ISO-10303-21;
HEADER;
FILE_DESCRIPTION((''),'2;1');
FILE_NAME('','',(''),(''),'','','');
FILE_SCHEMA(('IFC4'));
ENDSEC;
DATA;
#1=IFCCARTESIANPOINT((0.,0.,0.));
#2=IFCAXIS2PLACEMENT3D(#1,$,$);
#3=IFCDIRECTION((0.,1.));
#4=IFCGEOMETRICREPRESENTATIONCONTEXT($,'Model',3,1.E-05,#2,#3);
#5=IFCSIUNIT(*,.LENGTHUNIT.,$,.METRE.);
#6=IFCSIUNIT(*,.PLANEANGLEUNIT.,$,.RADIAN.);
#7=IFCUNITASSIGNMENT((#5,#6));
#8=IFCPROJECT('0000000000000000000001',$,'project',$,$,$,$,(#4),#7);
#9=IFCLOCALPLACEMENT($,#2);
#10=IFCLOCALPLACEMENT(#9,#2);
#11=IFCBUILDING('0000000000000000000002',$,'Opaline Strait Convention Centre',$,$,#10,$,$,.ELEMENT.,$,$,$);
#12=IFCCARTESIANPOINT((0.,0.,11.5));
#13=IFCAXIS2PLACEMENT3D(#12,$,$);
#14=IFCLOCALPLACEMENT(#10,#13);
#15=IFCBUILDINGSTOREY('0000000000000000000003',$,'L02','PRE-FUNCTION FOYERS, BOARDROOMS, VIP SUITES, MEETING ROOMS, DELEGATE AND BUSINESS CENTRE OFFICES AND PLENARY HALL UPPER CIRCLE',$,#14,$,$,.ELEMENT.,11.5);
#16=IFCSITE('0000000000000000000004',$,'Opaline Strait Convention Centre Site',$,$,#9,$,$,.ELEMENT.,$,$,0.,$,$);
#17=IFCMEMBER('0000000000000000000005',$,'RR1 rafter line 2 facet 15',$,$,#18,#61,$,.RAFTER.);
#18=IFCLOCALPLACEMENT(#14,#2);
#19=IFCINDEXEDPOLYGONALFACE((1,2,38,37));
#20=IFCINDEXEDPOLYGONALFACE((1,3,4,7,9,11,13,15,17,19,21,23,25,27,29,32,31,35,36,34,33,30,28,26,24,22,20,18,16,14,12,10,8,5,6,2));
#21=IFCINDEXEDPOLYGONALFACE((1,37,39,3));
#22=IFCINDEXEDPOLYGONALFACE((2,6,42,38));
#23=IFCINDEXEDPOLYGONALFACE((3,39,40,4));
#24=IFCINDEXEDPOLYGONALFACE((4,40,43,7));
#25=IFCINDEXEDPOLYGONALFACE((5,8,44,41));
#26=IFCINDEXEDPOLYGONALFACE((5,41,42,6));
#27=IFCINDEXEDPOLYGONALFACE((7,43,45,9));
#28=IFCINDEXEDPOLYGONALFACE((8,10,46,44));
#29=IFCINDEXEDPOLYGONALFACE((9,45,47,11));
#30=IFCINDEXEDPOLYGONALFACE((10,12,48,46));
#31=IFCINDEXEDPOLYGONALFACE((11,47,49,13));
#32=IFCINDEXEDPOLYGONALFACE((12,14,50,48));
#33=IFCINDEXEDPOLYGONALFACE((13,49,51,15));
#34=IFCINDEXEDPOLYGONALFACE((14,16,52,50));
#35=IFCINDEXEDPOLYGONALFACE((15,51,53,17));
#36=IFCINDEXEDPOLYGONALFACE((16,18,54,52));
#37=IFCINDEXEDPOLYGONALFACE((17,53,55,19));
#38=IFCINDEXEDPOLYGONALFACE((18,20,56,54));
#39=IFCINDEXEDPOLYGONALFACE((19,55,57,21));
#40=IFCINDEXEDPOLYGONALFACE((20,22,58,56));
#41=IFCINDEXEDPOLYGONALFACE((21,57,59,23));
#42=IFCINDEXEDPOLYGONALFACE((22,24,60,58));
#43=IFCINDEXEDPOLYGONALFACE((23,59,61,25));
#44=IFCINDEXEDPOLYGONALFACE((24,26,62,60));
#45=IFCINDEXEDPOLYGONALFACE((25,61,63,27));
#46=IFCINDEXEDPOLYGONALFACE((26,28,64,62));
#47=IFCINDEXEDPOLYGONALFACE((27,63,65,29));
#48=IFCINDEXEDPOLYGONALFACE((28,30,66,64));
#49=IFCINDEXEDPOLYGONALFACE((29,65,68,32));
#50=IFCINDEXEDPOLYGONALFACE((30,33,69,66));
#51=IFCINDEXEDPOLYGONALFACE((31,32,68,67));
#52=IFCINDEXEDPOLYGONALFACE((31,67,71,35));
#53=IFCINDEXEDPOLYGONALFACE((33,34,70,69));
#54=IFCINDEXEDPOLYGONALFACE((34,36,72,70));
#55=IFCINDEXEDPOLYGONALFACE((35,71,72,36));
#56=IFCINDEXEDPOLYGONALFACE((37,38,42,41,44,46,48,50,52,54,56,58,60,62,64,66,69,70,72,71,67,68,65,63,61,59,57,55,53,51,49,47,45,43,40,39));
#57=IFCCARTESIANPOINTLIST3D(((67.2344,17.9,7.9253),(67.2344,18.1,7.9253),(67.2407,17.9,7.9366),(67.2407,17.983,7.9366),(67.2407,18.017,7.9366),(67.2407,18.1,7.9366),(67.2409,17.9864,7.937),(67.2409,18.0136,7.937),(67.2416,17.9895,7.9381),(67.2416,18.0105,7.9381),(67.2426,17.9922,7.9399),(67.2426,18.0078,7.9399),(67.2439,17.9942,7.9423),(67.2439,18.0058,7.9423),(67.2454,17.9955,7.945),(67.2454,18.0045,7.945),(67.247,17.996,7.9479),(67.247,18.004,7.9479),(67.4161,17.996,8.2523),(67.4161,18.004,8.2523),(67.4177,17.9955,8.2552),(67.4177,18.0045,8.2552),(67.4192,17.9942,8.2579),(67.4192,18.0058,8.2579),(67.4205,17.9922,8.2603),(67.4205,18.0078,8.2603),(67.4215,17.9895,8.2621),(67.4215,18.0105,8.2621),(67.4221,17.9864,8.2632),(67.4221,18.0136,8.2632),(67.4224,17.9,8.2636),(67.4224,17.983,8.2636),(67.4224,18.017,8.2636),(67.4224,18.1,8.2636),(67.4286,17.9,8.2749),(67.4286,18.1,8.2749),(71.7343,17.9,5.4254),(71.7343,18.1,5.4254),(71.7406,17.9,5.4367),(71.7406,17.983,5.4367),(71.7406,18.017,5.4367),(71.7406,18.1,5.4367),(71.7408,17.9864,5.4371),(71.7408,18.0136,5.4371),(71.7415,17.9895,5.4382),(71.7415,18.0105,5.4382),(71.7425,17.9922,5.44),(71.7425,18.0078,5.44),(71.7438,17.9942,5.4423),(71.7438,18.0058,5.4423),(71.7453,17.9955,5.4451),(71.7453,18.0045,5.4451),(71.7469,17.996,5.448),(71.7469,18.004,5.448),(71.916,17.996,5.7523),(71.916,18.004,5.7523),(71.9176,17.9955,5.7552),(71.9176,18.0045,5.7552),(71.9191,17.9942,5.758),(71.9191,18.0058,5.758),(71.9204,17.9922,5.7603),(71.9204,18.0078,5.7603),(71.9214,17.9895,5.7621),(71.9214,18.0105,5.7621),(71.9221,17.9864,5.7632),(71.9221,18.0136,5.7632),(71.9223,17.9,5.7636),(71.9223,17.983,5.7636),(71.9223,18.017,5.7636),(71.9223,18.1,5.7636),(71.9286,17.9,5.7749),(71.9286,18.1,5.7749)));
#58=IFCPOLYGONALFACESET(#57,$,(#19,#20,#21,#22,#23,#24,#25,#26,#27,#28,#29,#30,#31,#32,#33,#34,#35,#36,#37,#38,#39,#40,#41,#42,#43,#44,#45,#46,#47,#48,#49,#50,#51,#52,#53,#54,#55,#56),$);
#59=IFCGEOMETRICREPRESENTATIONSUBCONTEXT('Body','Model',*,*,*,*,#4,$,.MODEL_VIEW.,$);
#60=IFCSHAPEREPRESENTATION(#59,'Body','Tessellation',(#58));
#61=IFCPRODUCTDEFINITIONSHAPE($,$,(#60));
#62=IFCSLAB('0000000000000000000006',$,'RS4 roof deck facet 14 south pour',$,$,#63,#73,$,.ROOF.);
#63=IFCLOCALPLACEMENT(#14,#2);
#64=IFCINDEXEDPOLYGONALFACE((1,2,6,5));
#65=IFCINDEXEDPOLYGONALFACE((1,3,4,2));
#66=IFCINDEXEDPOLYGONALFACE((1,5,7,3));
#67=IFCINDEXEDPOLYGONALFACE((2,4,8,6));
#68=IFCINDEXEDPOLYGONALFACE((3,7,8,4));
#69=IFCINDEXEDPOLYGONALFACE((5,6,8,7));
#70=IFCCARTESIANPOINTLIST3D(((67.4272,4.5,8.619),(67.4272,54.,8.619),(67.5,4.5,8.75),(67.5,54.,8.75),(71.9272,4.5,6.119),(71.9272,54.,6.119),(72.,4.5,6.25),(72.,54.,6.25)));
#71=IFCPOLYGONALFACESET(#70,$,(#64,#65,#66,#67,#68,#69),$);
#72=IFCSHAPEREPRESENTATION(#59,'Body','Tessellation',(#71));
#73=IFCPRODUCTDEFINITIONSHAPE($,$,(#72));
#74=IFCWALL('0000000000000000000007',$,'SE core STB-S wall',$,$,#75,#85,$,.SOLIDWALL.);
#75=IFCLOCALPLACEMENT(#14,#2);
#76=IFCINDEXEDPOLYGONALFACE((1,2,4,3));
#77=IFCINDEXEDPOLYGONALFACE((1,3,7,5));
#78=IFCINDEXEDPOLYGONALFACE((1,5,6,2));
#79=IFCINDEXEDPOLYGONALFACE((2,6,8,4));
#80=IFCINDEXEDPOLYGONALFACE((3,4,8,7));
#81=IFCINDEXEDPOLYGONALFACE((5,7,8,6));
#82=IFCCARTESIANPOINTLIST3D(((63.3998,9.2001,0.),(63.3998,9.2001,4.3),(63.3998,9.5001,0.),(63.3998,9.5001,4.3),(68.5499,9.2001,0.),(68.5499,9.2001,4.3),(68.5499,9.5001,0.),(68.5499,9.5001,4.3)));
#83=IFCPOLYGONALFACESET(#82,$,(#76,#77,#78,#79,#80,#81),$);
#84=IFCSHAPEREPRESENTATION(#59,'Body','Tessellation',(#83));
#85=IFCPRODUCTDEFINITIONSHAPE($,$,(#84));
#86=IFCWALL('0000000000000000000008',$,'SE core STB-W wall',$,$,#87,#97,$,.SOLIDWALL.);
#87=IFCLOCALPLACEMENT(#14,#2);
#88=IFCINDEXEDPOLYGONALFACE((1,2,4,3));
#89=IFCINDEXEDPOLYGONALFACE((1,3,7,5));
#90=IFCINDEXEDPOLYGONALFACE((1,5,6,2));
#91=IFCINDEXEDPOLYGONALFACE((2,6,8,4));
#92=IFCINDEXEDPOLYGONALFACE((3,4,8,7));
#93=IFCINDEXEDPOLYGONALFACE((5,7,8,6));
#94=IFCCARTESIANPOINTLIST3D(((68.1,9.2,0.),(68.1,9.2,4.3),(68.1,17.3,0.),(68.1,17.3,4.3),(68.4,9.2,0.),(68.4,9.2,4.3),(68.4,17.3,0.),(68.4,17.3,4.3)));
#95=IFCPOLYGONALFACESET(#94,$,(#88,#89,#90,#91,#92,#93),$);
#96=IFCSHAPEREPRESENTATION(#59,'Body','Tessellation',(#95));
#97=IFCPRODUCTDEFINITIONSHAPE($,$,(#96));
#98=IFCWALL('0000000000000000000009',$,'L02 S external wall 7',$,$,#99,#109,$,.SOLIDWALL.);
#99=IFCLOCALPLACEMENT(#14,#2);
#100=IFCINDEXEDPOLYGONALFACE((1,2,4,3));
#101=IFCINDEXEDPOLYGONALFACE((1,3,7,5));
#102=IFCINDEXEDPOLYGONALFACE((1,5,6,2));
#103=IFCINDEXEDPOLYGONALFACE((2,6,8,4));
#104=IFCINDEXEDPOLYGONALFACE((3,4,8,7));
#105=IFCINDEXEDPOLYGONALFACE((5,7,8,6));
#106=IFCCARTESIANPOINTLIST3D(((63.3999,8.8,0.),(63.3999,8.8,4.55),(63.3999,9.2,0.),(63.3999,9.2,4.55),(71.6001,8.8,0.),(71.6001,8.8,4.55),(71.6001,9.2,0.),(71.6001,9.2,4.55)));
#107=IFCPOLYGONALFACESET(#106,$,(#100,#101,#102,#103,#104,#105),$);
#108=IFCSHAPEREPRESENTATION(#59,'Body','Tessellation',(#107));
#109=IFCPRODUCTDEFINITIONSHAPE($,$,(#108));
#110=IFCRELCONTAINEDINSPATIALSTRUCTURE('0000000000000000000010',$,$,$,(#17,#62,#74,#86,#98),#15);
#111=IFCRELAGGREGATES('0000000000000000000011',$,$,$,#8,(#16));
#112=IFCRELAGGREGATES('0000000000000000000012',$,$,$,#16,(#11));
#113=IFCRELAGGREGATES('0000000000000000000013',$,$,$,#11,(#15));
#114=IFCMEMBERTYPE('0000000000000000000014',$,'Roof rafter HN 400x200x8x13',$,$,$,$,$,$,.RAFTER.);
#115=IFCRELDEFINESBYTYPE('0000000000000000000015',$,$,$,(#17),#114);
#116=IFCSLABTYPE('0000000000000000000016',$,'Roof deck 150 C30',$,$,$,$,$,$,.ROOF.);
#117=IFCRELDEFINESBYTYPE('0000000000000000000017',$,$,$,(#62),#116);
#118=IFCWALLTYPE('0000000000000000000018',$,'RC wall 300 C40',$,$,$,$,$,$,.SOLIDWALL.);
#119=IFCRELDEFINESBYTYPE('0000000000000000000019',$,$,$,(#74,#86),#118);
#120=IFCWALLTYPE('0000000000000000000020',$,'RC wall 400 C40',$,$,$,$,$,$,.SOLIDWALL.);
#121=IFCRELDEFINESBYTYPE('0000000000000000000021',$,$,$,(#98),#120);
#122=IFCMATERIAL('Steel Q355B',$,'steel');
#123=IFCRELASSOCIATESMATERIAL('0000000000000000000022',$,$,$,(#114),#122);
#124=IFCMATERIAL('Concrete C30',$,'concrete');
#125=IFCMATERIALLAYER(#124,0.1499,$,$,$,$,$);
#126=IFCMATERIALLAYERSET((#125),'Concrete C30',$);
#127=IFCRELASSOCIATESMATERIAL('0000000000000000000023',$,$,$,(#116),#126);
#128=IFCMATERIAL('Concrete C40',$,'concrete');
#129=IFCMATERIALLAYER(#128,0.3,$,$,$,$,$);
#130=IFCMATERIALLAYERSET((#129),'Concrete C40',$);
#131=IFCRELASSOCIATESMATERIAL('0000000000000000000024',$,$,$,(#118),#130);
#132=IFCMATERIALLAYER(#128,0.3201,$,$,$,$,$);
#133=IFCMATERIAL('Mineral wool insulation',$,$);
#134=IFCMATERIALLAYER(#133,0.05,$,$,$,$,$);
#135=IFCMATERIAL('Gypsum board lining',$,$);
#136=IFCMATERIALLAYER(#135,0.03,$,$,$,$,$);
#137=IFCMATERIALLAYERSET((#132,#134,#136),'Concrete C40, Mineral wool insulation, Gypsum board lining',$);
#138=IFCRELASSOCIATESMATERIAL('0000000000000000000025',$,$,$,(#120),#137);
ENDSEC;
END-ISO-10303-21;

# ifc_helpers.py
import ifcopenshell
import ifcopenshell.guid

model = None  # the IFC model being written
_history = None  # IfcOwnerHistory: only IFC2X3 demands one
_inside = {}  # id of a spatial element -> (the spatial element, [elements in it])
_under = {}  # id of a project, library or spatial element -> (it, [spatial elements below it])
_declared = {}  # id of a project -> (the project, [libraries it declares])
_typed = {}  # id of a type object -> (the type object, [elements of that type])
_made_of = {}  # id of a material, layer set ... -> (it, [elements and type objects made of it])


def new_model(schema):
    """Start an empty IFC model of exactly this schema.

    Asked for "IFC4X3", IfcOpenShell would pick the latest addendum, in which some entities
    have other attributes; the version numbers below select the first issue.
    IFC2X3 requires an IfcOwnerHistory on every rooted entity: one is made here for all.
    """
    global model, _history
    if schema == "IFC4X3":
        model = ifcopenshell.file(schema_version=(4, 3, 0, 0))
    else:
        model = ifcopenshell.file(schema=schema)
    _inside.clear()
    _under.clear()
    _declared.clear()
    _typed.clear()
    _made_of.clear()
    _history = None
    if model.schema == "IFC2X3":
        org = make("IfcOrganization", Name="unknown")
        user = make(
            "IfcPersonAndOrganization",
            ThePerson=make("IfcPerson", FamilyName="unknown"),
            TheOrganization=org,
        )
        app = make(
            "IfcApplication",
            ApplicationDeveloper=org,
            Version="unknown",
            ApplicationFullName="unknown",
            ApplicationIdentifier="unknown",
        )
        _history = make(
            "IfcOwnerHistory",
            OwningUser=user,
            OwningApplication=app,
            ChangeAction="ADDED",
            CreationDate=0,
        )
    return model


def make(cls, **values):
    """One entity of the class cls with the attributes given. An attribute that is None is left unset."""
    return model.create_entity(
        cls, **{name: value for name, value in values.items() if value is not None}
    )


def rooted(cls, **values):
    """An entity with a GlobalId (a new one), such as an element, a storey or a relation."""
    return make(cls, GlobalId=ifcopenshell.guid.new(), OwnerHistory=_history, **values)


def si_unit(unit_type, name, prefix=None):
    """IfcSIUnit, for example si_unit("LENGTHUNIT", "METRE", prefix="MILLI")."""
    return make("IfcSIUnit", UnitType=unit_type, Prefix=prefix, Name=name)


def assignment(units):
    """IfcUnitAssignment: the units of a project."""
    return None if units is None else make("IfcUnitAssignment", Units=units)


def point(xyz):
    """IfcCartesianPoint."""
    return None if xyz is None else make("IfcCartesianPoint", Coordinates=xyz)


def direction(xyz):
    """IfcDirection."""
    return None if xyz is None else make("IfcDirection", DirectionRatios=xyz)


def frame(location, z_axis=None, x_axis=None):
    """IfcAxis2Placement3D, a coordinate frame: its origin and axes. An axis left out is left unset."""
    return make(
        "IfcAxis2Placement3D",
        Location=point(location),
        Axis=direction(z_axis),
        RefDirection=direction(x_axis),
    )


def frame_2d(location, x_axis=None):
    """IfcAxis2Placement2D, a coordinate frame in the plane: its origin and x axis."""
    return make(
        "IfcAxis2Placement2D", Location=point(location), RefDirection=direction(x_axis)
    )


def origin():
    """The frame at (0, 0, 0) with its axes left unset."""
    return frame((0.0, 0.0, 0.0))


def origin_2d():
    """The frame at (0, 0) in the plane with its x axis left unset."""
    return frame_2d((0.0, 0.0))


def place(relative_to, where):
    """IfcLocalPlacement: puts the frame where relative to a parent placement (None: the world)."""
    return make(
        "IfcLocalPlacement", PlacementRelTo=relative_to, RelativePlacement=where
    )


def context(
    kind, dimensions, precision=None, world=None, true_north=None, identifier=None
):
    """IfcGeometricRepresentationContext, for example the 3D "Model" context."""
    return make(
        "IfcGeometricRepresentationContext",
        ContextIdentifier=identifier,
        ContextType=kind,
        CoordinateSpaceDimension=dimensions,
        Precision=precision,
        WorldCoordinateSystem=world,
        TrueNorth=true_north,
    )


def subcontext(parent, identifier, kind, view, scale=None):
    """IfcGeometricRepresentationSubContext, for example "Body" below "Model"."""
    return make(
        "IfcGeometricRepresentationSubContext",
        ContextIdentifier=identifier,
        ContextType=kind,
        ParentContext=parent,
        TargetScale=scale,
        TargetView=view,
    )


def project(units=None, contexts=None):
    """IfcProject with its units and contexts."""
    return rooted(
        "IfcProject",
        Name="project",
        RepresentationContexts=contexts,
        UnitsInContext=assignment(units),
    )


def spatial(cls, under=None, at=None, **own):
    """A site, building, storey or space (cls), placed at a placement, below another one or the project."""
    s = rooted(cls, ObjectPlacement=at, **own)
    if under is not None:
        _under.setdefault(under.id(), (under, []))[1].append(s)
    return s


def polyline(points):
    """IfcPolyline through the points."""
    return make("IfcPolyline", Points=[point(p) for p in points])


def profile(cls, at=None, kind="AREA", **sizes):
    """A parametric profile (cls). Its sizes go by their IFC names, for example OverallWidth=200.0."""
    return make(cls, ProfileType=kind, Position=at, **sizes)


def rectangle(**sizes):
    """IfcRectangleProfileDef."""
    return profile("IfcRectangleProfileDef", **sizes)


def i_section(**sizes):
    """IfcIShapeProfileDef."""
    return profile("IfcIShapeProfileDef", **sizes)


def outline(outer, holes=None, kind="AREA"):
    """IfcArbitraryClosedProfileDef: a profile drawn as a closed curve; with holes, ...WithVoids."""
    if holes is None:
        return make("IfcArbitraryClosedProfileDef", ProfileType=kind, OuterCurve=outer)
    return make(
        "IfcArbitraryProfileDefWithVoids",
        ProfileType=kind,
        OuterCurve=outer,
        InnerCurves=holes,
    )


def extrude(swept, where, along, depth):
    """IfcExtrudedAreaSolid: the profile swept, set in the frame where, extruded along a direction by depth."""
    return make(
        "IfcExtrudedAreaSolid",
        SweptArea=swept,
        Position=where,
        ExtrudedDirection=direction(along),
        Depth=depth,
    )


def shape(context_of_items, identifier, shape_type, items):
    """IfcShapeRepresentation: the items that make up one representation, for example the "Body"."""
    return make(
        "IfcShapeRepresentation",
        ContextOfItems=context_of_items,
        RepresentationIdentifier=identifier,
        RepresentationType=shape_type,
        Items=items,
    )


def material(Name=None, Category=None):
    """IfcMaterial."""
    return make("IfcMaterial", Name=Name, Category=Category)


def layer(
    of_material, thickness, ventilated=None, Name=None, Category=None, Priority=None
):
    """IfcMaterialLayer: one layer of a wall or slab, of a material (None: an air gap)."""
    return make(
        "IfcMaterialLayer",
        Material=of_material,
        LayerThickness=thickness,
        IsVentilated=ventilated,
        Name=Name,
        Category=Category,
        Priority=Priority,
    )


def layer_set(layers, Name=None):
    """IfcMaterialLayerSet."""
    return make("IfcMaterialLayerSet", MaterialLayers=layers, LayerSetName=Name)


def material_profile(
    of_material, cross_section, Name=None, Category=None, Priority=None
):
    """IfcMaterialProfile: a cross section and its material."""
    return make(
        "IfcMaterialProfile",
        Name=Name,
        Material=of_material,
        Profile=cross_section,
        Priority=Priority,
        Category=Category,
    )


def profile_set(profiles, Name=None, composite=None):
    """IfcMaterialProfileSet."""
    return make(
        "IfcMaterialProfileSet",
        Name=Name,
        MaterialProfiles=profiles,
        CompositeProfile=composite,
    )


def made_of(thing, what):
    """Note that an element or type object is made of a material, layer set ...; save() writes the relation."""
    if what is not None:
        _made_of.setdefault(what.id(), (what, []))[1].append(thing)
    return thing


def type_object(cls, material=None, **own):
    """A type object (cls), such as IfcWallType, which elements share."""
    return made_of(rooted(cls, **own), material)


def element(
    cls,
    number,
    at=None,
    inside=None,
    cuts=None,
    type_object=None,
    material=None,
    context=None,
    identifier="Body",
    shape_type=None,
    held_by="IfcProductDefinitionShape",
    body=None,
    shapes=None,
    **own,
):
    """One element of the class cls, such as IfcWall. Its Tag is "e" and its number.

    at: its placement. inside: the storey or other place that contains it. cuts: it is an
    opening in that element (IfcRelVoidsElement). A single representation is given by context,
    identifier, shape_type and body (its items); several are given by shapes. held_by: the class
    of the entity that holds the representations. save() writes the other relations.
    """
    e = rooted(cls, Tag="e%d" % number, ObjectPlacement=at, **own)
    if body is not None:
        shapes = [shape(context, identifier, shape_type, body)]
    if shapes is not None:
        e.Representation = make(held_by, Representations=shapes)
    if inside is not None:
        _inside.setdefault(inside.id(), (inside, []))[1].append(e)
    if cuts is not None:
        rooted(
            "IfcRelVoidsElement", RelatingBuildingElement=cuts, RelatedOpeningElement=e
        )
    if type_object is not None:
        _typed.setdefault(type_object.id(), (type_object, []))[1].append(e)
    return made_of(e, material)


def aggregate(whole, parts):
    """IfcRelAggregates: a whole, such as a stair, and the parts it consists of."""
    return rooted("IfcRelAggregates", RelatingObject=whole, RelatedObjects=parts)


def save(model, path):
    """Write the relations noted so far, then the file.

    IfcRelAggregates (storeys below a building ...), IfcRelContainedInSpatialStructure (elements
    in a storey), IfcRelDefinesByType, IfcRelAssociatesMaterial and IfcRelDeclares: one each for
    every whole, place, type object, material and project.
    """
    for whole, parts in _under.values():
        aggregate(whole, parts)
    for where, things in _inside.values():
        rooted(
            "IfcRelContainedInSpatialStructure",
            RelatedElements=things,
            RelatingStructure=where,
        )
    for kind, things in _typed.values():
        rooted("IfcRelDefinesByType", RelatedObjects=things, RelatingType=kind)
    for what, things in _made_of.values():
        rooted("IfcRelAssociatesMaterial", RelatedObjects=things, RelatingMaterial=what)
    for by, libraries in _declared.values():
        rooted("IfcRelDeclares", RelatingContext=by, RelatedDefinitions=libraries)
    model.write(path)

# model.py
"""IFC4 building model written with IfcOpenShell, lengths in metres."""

from ifc_helpers import new_model, si_unit, direction, frame, frame_2d, origin, origin_2d, place, context, subcontext, project, spatial, polyline, rectangle, i_section, outline, extrude, material, layer, layer_set, material_profile, profile_set, type_object, element, save


model = new_model("IFC4")

# Units and contexts
model_context = context("Model", 3, precision=1e-05, world=origin(), true_north=direction((0.0, 1.0)))
body_context = subcontext(model_context, "Body", "Model", "MODEL_VIEW")
ifc_project = project(units=[si_unit("LENGTHUNIT", "METRE"), si_unit("PLANEANGLEUNIT", "RADIAN")], contexts=[model_context])

# Site, building, storey
site_placement = place(None, origin())
site = spatial("IfcSite", under=ifc_project, at=site_placement, Name="Opaline Strait Convention Centre Site", CompositionType="ELEMENT", RefElevation=0.0)
building_placement = place(site_placement, origin())
building = spatial("IfcBuilding", under=site, at=building_placement, Name="Opaline Strait Convention Centre", CompositionType="ELEMENT")
storey_placement = place(building_placement, frame((0.0, 0.0, 11.5)))
storey = spatial("IfcBuildingStorey", under=building, at=storey_placement, Name="L02", Description="PRE-FUNCTION FOYERS, BOARDROOMS, VIP SUITES, MEETING ROOMS, DELEGATE AND BUSINESS CENTRE OFFICES AND PLENARY HALL UPPER CIRCLE", CompositionType="ELEMENT", Elevation=11.5)

# Shared definitions
ifc_material_1 = material(Name="Concrete C40", Category="concrete")

# Shared definitions
ifc_material_2 = material(Name="Steel Q355B", Category="steel")

# Member
ifc_material_profile_1 = material_profile(ifc_material_2, i_section(OverallWidth=0.2, OverallDepth=0.3999, WebThickness=0.0081, FlangeThickness=0.0129, FilletRadius=0.0129, at=origin_2d()), Name="HN 400x200x8x13")
ifc_profile_set_1 = profile_set([ifc_material_profile_1], Name="Steel Q355B")
member_type_1 = type_object("IfcMemberType", Name="Roof rafter HN 400x200x8x13", PredefinedType="RAFTER", material=ifc_profile_set_1)
member_1_placement = place(storey_placement, frame((67.3315, 18.0, 8.1001), z_axis=(0.874157, 0.0, -0.485643), x_axis=(0.0, 1.0, 0.0)))
element("IfcMember", 1, at=member_1_placement, inside=storey, type_object=member_type_1, Name="RR1 rafter line 2 facet 15", PredefinedType="RAFTER", context=body_context, shape_type="SweptSolid", body=[
    extrude(i_section(OverallWidth=0.2, OverallDepth=0.3999, WebThickness=0.0081, FlangeThickness=0.0129, FilletRadius=0.0129, at=origin_2d()), origin(), (0.0, 0.0, 1.0), 5.1477),
])

# Slab
ifc_material_3 = material(Name="Concrete C30", Category="concrete")
ifc_layer_1 = layer(ifc_material_3, 0.1499)
ifc_layer_set_1 = layer_set([ifc_layer_1], Name="Concrete C30")
slab_type = type_object("IfcSlabType", Name="Roof deck 150 C30", PredefinedType="ROOF", material=ifc_layer_set_1)
slab_placement = place(storey_placement, frame((67.5, 4.5, 8.75), z_axis=(0.485643, 0.0, 0.874157), x_axis=(0.874157, 0.0, -0.485643)))
element("IfcSlab", 2, at=slab_placement, inside=storey, type_object=slab_type, Name="RS4 roof deck facet 14 south pour", PredefinedType="ROOF", context=body_context, shape_type="SweptSolid", body=[
    extrude(outline(polyline([(0.0, 0.0), (5.1478, 0.0), (5.1478, 49.5), (0.0, 49.5), (0.0, 0.0)])), origin(), (0.0, 0.0, -1.0), 0.1499),
])

# Wall
ifc_layer_2 = layer(ifc_material_1, 0.3)
ifc_layer_set_2 = layer_set([ifc_layer_2], Name="Concrete C40")
wall_type_1 = type_object("IfcWallType", Name="RC wall 300 C40", PredefinedType="SOLIDWALL", material=ifc_layer_set_2)
wall_1_placement = place(storey_placement, frame((68.55, 9.3501, 0.0), z_axis=(0.0, 0.0, 1.0), x_axis=(-1.0, 0.0, 0.0)))
element("IfcWall", 3, at=wall_1_placement, inside=storey, type_object=wall_type_1, Name="SE core STB-S wall", PredefinedType="SOLIDWALL", context=body_context, shape_type="SweptSolid", body=[
    extrude(rectangle(XDim=5.1501, YDim=0.3, at=frame_2d((2.5752, 0.0))), origin(), (0.0, 0.0, 1.0), 4.3),
])

# Wall
wall_2_placement = place(storey_placement, frame((68.25, 9.2, 0.0), z_axis=(0.0, 0.0, 1.0), x_axis=(0.0, 1.0, 0.0)))
element("IfcWall", 4, at=wall_2_placement, inside=storey, type_object=wall_type_1, Name="SE core STB-W wall", PredefinedType="SOLIDWALL", context=body_context, shape_type="SweptSolid", body=[
    extrude(rectangle(XDim=8.1001, YDim=0.3, at=frame_2d((4.05, 0.0))), origin(), (0.0, 0.0, 1.0), 4.3),
])

# Wall
ifc_layer_3 = layer(ifc_material_1, 0.3201)
ifc_material_4 = material(Name="Mineral wool insulation")
ifc_layer_4 = layer(ifc_material_4, 0.05)
ifc_material_5 = material(Name="Gypsum board lining")
ifc_layer_5 = layer(ifc_material_5, 0.03)
ifc_layer_set_3 = layer_set([ifc_layer_3, ifc_layer_4, ifc_layer_5], Name="Concrete C40, Mineral wool insulation, Gypsum board lining")
wall_type_2 = type_object("IfcWallType", Name="RC wall 400 C40", PredefinedType="SOLIDWALL", material=ifc_layer_set_3)
wall_3_placement = place(storey_placement, frame((63.3999, 9.0, 0.0), z_axis=(0.0, 0.0, 1.0), x_axis=(1.0, 0.0, 0.0)))
element("IfcWall", 5, at=wall_3_placement, inside=storey, type_object=wall_type_2, Name="L02 S external wall 7", PredefinedType="SOLIDWALL", context=body_context, shape_type="SweptSolid", body=[
    extrude(rectangle(XDim=8.2002, YDim=0.3999, at=frame_2d((4.1001, 0.0))), origin(), (0.0, 0.0, 1.0), 4.55),
])

save(model, "model.ifc")
